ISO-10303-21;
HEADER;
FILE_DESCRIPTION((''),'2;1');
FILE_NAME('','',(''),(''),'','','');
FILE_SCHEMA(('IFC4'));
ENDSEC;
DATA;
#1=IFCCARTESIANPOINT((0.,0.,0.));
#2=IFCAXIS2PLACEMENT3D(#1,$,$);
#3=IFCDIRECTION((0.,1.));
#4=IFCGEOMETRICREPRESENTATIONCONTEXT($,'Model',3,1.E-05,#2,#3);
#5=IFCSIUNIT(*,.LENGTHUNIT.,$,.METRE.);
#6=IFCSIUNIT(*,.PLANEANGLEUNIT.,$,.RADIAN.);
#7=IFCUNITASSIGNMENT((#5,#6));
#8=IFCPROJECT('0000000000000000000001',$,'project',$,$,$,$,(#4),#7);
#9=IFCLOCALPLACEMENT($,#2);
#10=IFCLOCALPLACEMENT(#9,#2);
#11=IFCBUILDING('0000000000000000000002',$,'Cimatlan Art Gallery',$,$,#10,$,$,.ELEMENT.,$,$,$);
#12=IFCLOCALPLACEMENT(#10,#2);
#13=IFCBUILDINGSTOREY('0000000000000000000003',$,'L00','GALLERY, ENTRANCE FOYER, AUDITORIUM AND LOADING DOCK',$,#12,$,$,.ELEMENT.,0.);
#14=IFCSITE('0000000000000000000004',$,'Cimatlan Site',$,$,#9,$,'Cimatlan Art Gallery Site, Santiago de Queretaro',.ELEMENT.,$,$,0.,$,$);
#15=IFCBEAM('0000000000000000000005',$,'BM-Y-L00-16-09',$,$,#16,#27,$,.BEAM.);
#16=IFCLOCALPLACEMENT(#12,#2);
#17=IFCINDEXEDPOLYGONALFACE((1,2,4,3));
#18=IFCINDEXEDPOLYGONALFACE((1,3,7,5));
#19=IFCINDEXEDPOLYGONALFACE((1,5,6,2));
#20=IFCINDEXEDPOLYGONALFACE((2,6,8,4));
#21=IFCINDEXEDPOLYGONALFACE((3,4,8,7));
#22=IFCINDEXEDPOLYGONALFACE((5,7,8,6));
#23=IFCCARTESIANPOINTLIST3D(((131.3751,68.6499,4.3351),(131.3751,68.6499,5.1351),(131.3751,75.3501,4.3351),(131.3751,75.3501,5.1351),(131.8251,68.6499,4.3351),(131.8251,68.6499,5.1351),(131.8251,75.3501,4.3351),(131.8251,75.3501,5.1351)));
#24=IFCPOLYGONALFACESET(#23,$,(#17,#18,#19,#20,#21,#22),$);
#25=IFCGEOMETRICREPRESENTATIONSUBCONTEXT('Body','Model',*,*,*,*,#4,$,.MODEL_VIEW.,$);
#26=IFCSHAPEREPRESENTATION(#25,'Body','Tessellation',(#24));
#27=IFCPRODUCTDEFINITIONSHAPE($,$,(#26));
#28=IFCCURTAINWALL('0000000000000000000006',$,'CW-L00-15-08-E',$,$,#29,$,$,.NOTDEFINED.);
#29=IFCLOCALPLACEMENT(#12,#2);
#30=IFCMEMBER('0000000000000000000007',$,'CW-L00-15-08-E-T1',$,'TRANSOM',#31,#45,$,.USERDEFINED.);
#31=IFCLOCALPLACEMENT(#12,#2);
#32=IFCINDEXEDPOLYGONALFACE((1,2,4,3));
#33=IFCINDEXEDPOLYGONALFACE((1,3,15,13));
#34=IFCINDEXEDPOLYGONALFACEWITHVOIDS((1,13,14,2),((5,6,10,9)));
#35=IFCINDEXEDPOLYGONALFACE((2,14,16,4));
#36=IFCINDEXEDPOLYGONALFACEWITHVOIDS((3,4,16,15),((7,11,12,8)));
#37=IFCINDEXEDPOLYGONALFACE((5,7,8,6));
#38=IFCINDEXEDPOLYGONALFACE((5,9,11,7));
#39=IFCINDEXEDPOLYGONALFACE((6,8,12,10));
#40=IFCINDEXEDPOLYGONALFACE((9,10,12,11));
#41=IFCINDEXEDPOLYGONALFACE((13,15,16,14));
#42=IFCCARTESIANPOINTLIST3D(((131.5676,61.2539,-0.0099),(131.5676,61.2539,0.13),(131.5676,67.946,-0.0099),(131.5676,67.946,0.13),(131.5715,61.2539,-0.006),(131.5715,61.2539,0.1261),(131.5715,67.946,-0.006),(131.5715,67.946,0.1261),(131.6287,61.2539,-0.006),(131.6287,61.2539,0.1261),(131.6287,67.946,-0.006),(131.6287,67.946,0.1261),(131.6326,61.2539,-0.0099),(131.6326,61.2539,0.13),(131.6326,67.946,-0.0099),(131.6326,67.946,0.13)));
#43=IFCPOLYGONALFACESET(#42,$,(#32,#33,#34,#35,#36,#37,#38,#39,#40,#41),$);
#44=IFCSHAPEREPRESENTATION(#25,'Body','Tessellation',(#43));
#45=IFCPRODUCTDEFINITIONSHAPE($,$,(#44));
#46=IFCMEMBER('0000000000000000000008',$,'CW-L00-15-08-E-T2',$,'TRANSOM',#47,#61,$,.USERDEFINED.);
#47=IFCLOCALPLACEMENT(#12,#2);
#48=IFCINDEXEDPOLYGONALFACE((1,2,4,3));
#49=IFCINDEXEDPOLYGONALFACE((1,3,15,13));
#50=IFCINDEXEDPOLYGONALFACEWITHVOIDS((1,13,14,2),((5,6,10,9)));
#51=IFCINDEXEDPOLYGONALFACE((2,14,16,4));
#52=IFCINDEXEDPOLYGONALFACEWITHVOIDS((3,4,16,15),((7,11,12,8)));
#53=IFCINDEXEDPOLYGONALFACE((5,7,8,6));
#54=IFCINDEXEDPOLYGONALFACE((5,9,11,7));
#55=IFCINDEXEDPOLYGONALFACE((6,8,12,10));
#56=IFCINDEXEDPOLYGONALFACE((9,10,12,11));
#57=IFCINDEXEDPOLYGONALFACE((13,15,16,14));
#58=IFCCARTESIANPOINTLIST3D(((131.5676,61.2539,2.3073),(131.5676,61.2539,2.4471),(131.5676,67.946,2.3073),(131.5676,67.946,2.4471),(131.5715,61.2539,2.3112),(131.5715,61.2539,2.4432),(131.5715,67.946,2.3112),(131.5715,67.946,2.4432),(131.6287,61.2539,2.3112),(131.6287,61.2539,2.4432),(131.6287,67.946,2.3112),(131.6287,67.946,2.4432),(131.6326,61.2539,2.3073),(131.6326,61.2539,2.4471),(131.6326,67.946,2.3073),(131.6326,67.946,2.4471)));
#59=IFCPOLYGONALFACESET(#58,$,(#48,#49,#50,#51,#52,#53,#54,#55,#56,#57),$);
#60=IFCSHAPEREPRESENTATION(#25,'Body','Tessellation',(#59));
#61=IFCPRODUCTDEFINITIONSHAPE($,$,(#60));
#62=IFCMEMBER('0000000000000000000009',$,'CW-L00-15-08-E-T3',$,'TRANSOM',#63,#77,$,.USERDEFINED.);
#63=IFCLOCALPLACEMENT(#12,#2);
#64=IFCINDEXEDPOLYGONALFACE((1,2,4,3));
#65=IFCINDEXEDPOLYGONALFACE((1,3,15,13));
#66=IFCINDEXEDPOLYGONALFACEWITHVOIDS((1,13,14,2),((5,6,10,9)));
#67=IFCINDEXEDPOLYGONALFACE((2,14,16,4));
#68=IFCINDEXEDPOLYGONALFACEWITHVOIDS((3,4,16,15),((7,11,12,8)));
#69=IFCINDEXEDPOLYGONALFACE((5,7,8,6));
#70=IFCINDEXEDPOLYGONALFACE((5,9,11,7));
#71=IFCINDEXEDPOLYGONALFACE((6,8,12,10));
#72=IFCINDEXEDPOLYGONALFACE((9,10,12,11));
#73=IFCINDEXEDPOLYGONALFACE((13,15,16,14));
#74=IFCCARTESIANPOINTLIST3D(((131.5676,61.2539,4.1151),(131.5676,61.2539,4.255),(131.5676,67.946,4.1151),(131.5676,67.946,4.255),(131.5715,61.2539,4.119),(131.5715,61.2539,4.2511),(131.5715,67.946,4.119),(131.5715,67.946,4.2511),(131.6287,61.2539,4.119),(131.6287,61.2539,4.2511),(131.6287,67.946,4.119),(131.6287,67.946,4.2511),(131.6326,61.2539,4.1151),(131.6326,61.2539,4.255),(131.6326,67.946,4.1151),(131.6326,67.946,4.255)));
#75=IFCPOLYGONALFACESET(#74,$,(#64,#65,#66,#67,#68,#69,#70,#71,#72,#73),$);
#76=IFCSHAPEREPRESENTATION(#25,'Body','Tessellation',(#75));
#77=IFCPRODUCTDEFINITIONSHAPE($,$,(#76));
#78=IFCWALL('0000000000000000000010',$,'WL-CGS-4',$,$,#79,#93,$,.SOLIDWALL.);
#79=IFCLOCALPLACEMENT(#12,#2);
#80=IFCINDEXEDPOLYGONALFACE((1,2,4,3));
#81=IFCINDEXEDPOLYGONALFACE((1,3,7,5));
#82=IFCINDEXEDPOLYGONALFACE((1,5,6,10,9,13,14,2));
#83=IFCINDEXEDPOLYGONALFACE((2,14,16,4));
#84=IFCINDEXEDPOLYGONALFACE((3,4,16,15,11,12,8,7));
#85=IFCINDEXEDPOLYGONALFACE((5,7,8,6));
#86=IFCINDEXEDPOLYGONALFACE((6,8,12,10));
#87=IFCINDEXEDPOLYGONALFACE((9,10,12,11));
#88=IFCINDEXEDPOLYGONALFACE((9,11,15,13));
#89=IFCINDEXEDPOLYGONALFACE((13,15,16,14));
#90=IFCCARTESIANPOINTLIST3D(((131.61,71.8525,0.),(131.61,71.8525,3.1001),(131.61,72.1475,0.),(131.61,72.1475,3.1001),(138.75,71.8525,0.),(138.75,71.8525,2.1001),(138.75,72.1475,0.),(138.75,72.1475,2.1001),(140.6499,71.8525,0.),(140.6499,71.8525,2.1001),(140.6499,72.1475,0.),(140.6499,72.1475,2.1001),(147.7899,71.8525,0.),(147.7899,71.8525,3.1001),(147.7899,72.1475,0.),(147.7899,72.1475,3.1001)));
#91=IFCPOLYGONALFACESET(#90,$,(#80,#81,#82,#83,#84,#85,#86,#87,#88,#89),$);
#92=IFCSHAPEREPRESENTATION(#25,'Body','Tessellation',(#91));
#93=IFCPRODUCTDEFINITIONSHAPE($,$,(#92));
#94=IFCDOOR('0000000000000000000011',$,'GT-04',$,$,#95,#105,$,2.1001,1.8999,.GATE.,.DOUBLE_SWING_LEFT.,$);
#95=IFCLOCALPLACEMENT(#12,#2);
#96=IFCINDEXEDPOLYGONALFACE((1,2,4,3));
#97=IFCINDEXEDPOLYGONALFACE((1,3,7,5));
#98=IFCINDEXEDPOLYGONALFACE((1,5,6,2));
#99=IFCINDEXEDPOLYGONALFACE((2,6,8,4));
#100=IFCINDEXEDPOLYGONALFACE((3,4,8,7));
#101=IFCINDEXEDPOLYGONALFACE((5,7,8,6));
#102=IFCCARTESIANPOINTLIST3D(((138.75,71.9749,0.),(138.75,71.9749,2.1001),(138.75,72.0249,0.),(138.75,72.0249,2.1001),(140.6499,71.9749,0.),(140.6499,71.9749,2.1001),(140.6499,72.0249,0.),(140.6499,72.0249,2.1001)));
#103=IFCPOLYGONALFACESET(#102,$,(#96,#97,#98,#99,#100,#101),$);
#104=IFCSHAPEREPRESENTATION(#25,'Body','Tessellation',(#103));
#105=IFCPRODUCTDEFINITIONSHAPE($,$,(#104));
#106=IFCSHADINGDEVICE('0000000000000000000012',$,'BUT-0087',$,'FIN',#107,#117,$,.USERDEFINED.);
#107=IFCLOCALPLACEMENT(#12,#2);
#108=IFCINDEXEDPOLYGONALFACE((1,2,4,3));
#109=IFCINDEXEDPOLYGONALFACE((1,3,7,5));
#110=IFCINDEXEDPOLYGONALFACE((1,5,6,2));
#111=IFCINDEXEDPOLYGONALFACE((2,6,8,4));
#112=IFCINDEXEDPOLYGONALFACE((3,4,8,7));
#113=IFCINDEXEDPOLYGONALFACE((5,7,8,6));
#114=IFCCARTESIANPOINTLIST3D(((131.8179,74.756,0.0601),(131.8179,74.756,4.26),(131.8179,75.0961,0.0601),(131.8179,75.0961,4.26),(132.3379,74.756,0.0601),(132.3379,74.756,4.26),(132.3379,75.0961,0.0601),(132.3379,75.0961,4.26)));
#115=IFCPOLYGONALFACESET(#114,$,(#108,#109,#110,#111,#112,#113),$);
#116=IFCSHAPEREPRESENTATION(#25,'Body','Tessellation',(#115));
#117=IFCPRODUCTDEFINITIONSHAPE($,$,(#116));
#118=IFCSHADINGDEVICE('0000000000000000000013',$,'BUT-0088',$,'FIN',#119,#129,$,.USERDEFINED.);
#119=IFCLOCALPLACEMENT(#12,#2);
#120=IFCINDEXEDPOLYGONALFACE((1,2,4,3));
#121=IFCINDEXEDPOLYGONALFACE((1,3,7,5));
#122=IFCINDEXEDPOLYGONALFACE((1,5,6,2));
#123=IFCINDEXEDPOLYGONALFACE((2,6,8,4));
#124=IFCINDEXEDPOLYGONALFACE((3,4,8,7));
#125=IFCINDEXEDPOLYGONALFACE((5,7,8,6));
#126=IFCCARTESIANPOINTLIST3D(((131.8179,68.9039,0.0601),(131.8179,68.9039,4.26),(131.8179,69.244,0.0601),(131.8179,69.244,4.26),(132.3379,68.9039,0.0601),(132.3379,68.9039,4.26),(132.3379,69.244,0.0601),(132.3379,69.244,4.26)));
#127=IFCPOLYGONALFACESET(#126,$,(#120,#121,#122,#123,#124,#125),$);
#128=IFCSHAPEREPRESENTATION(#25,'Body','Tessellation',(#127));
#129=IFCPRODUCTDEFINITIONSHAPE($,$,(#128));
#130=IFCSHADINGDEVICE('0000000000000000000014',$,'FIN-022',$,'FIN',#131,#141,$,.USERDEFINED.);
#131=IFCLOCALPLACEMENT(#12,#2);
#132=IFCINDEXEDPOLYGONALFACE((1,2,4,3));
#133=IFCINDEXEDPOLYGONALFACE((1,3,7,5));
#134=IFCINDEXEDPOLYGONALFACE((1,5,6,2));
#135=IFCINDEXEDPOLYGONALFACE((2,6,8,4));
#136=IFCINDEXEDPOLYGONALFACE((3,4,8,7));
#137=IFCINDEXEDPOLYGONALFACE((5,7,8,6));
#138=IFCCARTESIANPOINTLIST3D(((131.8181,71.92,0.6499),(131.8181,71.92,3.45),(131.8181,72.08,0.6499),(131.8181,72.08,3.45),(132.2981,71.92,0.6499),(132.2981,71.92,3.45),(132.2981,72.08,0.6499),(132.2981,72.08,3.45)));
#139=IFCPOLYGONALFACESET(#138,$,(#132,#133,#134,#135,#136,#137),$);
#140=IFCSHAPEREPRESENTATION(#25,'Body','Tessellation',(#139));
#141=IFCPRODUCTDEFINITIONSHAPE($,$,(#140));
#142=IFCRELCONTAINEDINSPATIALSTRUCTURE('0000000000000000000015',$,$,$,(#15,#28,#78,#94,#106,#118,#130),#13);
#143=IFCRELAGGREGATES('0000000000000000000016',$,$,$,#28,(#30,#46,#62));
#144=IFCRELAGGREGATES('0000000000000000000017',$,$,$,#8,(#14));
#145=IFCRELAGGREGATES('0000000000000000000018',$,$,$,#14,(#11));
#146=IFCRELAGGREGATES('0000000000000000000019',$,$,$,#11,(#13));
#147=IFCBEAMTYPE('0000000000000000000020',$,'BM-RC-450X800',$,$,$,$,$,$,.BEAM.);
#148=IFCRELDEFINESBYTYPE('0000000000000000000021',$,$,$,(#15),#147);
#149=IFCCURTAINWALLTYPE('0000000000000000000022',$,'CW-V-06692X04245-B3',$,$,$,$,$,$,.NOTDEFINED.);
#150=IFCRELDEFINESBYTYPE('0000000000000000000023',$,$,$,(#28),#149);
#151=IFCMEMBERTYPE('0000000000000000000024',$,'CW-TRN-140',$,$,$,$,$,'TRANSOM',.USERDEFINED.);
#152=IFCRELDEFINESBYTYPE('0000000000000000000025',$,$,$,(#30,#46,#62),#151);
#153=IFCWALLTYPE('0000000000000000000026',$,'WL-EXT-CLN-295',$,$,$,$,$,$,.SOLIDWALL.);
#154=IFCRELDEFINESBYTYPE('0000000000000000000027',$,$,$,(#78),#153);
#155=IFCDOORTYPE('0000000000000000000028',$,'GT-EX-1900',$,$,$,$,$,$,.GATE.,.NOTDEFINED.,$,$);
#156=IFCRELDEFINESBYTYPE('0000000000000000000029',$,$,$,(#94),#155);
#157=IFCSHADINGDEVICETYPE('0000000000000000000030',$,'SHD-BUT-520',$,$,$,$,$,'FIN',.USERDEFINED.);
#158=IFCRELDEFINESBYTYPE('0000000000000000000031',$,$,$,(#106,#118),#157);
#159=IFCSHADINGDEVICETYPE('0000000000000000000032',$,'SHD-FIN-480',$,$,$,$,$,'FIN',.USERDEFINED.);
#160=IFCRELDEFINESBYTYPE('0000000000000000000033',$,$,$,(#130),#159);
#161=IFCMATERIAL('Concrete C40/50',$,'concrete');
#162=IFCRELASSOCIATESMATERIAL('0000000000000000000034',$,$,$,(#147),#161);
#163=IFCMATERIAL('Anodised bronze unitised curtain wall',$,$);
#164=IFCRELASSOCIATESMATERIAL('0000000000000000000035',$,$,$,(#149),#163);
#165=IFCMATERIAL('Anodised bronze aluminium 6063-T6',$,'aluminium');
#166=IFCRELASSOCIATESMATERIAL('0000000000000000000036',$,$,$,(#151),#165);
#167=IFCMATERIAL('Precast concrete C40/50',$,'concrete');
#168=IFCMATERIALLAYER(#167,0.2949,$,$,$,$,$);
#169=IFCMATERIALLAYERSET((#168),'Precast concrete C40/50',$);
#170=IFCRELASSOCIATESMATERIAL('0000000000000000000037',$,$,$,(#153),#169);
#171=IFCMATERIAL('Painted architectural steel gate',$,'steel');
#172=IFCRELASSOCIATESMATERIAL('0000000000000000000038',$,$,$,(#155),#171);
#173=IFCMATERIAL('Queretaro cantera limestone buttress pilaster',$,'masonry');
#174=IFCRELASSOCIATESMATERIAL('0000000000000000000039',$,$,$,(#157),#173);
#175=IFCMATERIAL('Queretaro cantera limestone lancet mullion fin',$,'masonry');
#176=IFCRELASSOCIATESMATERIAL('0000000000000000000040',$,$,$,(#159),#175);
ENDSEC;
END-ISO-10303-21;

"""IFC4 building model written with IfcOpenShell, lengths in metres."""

from ifc_helpers import new_model, si_unit, direction, frame, frame_2d, origin, origin_2d, place, context, subcontext, project, spatial, rectangle, hollow_rectangle, extrude, material, layer, layer_set, material_profile, profile_set, type_object, element, fill, aggregate, save


model = new_model("IFC4")

# Units and contexts
model_context = context("Model", 3, precision=1e-05, world=origin(), true_north=direction((0.0, 1.0)))
body_context = subcontext(model_context, "Body", "Model", "MODEL_VIEW")
ifc_project = project(units=[si_unit("LENGTHUNIT", "METRE"), si_unit("PLANEANGLEUNIT", "RADIAN")], contexts=[model_context])

# Site, building, storey
site_placement = place(None, origin())
site = spatial("IfcSite", under=ifc_project, at=site_placement, Name="Cimatlan Site", LongName="Cimatlan Art Gallery Site, Santiago de Queretaro", CompositionType="ELEMENT", RefElevation=0.0)
building_placement = place(site_placement, origin())
building = spatial("IfcBuilding", under=site, at=building_placement, Name="Cimatlan Art Gallery", CompositionType="ELEMENT")
storey_placement = place(building_placement, origin())
storey = spatial("IfcBuildingStorey", under=building, at=storey_placement, Name="L00", Description="GALLERY, ENTRANCE FOYER, AUDITORIUM AND LOADING DOCK", CompositionType="ELEMENT", Elevation=0.0)

# Shared definitions
ifc_material_1 = material(Name="Concrete C40/50", Category="concrete")

# Beam
ifc_material_profile_1 = material_profile(ifc_material_1, rectangle(XDim=0.45, YDim=0.8, at=origin_2d()), Name="RC450X800")
ifc_profile_set_1 = profile_set([ifc_material_profile_1], Name="Concrete C40/50")
beam_type = type_object("IfcBeamType", Name="BM-RC-450X800", PredefinedType="BEAM", material=ifc_profile_set_1)
beam_placement = place(storey_placement, frame((131.6001, 68.6499, 4.7351), z_axis=(0.0, 1.0, 0.0), x_axis=(-1.0, 0.0, 0.0)))
element("IfcBeam", 1, at=beam_placement, inside=storey, type_object=beam_type, Name="BM-Y-L00-16-09", PredefinedType="BEAM", context=body_context, shape_type="SweptSolid", body=[
    extrude(rectangle(XDim=0.45, YDim=0.8, at=origin_2d()), origin(), (0.0, 0.0, 1.0), 6.7002),
])

# Curtain wall, members
ifc_material_2 = material(Name="Anodised bronze unitised curtain wall")
curtain_wall_type = type_object("IfcCurtainWallType", Name="CW-V-06692X04245-B3", PredefinedType="NOTDEFINED", material=ifc_material_2)
curtain_wall_placement = place(storey_placement, origin())
curtain_wall = element("IfcCurtainWall", 2, at=curtain_wall_placement, inside=storey, type_object=curtain_wall_type, Name="CW-L00-15-08-E", PredefinedType="NOTDEFINED")
ifc_material_3 = material(Name="Anodised bronze aluminium 6063-T6", Category="aluminium")
ifc_material_profile_2 = material_profile(ifc_material_3, hollow_rectangle(XDim=0.0649, YDim=0.1399, WallThickness=0.0039, at=origin_2d()), Name="ALU65X140X4")
ifc_profile_set_2 = profile_set([ifc_material_profile_2], Name="Anodised bronze aluminium 6063-T6")
member_type = type_object("IfcMemberType", Name="CW-TRN-140", ElementType="TRANSOM", PredefinedType="USERDEFINED", material=ifc_profile_set_2)
member_1_placement = place(storey_placement, frame((131.6001, 67.946, 0.0601), z_axis=(0.0, -1.0, 0.0), x_axis=(1.0, 0.0, 0.0)))
member_1 = element("IfcMember", 3, at=member_1_placement, type_object=member_type, Name="CW-L00-15-08-E-T1", ObjectType="TRANSOM", PredefinedType="USERDEFINED", context=body_context, shape_type="SweptSolid", body=[
    extrude(hollow_rectangle(XDim=0.0649, YDim=0.1399, WallThickness=0.0039, at=origin_2d()), origin(), (0.0, 0.0, 1.0), 6.6921),
])
member_2_placement = place(storey_placement, frame((131.6001, 67.946, 2.3772), z_axis=(0.0, -1.0, 0.0), x_axis=(1.0, 0.0, 0.0)))
member_2 = element("IfcMember", 4, at=member_2_placement, type_object=member_type, Name="CW-L00-15-08-E-T2", ObjectType="TRANSOM", PredefinedType="USERDEFINED", context=body_context, shape_type="SweptSolid", body=[
    extrude(hollow_rectangle(XDim=0.0649, YDim=0.1399, WallThickness=0.0039, at=origin_2d()), origin(), (0.0, 0.0, 1.0), 6.6921),
])
member_3_placement = place(storey_placement, frame((131.6001, 67.946, 4.1851), z_axis=(0.0, -1.0, 0.0), x_axis=(1.0, 0.0, 0.0)))
member_3 = element("IfcMember", 5, at=member_3_placement, type_object=member_type, Name="CW-L00-15-08-E-T3", ObjectType="TRANSOM", PredefinedType="USERDEFINED", context=body_context, shape_type="SweptSolid", body=[
    extrude(hollow_rectangle(XDim=0.0649, YDim=0.1399, WallThickness=0.0039, at=origin_2d()), origin(), (0.0, 0.0, 1.0), 6.6921),
])
aggregate(curtain_wall, [member_1, member_2, member_3])

# Wall, opening, door
ifc_material_4 = material(Name="Precast concrete C40/50", Category="concrete")
ifc_layer = layer(ifc_material_4, 0.2949)
ifc_layer_set = layer_set([ifc_layer], Name="Precast concrete C40/50")
wall_type = type_object("IfcWallType", Name="WL-EXT-CLN-295", PredefinedType="SOLIDWALL", material=ifc_layer_set)
wall_placement = place(storey_placement, frame((131.6101, 72.0, 0.0), z_axis=(0.0, 0.0, 1.0), x_axis=(1.0, 0.0, 0.0)))
wall = element("IfcWall", 6, at=wall_placement, inside=storey, type_object=wall_type, Name="WL-CGS-4", PredefinedType="SOLIDWALL", context=body_context, shape_type="SweptSolid", body=[
    extrude(rectangle(XDim=16.1799, YDim=0.2949, at=frame_2d((8.0898, 0.0))), origin(), (0.0, 0.0, 1.0), 3.1001),
])
opening_placement = place(wall_placement, frame((7.1399, 0.0, 0.0)))
opening = element("IfcOpeningElement", 7, at=opening_placement, cuts=wall, PredefinedType="OPENING", context=body_context, shape_type="SweptSolid", body=[
    extrude(rectangle(XDim=1.8999, YDim=2.1001, at=frame_2d((0.95, 1.05))), frame((0.0, 0.1575, 0.0), z_axis=(0.0, -1.0, 0.0), x_axis=(1.0, 0.0, 0.0)), (0.0, 0.0, 1.0), 0.3149),
])
ifc_material_5 = material(Name="Painted architectural steel gate", Category="steel")
door_type = type_object("IfcDoorType", Name="GT-EX-1900", OperationType="NOTDEFINED", PredefinedType="GATE", material=ifc_material_5)
door_placement = place(opening_placement, origin())
door = element("IfcDoor", 8, at=door_placement, inside=storey, type_object=door_type, Name="GT-04", OperationType="DOUBLE_SWING_LEFT", OverallHeight=2.1001, OverallWidth=1.8999, PredefinedType="GATE", context=body_context, shape_type="SweptSolid", body=[
    extrude(rectangle(XDim=1.8999, YDim=2.1001, at=frame_2d((0.95, 1.05))), frame((0.0, 0.0249, 0.0), z_axis=(0.0, -1.0, 0.0), x_axis=(1.0, 0.0, 0.0)), (0.0, 0.0, 1.0), 0.05),
])
fill(opening, door)

# Shading devices
ifc_material_6 = material(Name="Queretaro cantera limestone buttress pilaster", Category="masonry")
shading_device_type_1 = type_object("IfcShadingDeviceType", Name="SHD-BUT-520", ElementType="FIN", PredefinedType="USERDEFINED", material=ifc_material_6)
for number, where, z_axis, x_axis, name in (
    (9, (132.0779, 74.926, 0.0601), (0.0, 0.0, 1.0), (0.0, -1.0, 0.0), "BUT-0087"),
    (10, (132.0779, 69.074, 0.0601), (0.0, 0.0, 1.0), (0.0, -1.0, 0.0), "BUT-0088"),
):
    element("IfcShadingDevice", number, at=place(storey_placement, frame(where, z_axis=z_axis, x_axis=x_axis)), inside=storey, type_object=shading_device_type_1, Name=name, ObjectType="FIN", PredefinedType="USERDEFINED", context=body_context, shape_type="SweptSolid", body=[
        extrude(rectangle(XDim=0.3401, YDim=0.52, at=origin_2d()), origin(), (0.0, 0.0, 1.0), 4.2),
    ])
ifc_material_7 = material(Name="Queretaro cantera limestone lancet mullion fin", Category="masonry")
shading_device_type_2 = type_object("IfcShadingDeviceType", Name="SHD-FIN-480", ElementType="FIN", PredefinedType="USERDEFINED", material=ifc_material_7)
shading_device_placement = place(storey_placement, frame((132.0581, 72.0, 0.6499), z_axis=(0.0, 0.0, 1.0), x_axis=(0.0, -1.0, 0.0)))
element("IfcShadingDevice", 11, at=shading_device_placement, inside=storey, type_object=shading_device_type_2, Name="FIN-022", ObjectType="FIN", PredefinedType="USERDEFINED", context=body_context, shape_type="SweptSolid", body=[
    extrude(rectangle(XDim=0.1599, YDim=0.48, at=origin_2d()), origin(), (0.0, 0.0, 1.0), 2.8),
])

save(model, "model.ifc")
